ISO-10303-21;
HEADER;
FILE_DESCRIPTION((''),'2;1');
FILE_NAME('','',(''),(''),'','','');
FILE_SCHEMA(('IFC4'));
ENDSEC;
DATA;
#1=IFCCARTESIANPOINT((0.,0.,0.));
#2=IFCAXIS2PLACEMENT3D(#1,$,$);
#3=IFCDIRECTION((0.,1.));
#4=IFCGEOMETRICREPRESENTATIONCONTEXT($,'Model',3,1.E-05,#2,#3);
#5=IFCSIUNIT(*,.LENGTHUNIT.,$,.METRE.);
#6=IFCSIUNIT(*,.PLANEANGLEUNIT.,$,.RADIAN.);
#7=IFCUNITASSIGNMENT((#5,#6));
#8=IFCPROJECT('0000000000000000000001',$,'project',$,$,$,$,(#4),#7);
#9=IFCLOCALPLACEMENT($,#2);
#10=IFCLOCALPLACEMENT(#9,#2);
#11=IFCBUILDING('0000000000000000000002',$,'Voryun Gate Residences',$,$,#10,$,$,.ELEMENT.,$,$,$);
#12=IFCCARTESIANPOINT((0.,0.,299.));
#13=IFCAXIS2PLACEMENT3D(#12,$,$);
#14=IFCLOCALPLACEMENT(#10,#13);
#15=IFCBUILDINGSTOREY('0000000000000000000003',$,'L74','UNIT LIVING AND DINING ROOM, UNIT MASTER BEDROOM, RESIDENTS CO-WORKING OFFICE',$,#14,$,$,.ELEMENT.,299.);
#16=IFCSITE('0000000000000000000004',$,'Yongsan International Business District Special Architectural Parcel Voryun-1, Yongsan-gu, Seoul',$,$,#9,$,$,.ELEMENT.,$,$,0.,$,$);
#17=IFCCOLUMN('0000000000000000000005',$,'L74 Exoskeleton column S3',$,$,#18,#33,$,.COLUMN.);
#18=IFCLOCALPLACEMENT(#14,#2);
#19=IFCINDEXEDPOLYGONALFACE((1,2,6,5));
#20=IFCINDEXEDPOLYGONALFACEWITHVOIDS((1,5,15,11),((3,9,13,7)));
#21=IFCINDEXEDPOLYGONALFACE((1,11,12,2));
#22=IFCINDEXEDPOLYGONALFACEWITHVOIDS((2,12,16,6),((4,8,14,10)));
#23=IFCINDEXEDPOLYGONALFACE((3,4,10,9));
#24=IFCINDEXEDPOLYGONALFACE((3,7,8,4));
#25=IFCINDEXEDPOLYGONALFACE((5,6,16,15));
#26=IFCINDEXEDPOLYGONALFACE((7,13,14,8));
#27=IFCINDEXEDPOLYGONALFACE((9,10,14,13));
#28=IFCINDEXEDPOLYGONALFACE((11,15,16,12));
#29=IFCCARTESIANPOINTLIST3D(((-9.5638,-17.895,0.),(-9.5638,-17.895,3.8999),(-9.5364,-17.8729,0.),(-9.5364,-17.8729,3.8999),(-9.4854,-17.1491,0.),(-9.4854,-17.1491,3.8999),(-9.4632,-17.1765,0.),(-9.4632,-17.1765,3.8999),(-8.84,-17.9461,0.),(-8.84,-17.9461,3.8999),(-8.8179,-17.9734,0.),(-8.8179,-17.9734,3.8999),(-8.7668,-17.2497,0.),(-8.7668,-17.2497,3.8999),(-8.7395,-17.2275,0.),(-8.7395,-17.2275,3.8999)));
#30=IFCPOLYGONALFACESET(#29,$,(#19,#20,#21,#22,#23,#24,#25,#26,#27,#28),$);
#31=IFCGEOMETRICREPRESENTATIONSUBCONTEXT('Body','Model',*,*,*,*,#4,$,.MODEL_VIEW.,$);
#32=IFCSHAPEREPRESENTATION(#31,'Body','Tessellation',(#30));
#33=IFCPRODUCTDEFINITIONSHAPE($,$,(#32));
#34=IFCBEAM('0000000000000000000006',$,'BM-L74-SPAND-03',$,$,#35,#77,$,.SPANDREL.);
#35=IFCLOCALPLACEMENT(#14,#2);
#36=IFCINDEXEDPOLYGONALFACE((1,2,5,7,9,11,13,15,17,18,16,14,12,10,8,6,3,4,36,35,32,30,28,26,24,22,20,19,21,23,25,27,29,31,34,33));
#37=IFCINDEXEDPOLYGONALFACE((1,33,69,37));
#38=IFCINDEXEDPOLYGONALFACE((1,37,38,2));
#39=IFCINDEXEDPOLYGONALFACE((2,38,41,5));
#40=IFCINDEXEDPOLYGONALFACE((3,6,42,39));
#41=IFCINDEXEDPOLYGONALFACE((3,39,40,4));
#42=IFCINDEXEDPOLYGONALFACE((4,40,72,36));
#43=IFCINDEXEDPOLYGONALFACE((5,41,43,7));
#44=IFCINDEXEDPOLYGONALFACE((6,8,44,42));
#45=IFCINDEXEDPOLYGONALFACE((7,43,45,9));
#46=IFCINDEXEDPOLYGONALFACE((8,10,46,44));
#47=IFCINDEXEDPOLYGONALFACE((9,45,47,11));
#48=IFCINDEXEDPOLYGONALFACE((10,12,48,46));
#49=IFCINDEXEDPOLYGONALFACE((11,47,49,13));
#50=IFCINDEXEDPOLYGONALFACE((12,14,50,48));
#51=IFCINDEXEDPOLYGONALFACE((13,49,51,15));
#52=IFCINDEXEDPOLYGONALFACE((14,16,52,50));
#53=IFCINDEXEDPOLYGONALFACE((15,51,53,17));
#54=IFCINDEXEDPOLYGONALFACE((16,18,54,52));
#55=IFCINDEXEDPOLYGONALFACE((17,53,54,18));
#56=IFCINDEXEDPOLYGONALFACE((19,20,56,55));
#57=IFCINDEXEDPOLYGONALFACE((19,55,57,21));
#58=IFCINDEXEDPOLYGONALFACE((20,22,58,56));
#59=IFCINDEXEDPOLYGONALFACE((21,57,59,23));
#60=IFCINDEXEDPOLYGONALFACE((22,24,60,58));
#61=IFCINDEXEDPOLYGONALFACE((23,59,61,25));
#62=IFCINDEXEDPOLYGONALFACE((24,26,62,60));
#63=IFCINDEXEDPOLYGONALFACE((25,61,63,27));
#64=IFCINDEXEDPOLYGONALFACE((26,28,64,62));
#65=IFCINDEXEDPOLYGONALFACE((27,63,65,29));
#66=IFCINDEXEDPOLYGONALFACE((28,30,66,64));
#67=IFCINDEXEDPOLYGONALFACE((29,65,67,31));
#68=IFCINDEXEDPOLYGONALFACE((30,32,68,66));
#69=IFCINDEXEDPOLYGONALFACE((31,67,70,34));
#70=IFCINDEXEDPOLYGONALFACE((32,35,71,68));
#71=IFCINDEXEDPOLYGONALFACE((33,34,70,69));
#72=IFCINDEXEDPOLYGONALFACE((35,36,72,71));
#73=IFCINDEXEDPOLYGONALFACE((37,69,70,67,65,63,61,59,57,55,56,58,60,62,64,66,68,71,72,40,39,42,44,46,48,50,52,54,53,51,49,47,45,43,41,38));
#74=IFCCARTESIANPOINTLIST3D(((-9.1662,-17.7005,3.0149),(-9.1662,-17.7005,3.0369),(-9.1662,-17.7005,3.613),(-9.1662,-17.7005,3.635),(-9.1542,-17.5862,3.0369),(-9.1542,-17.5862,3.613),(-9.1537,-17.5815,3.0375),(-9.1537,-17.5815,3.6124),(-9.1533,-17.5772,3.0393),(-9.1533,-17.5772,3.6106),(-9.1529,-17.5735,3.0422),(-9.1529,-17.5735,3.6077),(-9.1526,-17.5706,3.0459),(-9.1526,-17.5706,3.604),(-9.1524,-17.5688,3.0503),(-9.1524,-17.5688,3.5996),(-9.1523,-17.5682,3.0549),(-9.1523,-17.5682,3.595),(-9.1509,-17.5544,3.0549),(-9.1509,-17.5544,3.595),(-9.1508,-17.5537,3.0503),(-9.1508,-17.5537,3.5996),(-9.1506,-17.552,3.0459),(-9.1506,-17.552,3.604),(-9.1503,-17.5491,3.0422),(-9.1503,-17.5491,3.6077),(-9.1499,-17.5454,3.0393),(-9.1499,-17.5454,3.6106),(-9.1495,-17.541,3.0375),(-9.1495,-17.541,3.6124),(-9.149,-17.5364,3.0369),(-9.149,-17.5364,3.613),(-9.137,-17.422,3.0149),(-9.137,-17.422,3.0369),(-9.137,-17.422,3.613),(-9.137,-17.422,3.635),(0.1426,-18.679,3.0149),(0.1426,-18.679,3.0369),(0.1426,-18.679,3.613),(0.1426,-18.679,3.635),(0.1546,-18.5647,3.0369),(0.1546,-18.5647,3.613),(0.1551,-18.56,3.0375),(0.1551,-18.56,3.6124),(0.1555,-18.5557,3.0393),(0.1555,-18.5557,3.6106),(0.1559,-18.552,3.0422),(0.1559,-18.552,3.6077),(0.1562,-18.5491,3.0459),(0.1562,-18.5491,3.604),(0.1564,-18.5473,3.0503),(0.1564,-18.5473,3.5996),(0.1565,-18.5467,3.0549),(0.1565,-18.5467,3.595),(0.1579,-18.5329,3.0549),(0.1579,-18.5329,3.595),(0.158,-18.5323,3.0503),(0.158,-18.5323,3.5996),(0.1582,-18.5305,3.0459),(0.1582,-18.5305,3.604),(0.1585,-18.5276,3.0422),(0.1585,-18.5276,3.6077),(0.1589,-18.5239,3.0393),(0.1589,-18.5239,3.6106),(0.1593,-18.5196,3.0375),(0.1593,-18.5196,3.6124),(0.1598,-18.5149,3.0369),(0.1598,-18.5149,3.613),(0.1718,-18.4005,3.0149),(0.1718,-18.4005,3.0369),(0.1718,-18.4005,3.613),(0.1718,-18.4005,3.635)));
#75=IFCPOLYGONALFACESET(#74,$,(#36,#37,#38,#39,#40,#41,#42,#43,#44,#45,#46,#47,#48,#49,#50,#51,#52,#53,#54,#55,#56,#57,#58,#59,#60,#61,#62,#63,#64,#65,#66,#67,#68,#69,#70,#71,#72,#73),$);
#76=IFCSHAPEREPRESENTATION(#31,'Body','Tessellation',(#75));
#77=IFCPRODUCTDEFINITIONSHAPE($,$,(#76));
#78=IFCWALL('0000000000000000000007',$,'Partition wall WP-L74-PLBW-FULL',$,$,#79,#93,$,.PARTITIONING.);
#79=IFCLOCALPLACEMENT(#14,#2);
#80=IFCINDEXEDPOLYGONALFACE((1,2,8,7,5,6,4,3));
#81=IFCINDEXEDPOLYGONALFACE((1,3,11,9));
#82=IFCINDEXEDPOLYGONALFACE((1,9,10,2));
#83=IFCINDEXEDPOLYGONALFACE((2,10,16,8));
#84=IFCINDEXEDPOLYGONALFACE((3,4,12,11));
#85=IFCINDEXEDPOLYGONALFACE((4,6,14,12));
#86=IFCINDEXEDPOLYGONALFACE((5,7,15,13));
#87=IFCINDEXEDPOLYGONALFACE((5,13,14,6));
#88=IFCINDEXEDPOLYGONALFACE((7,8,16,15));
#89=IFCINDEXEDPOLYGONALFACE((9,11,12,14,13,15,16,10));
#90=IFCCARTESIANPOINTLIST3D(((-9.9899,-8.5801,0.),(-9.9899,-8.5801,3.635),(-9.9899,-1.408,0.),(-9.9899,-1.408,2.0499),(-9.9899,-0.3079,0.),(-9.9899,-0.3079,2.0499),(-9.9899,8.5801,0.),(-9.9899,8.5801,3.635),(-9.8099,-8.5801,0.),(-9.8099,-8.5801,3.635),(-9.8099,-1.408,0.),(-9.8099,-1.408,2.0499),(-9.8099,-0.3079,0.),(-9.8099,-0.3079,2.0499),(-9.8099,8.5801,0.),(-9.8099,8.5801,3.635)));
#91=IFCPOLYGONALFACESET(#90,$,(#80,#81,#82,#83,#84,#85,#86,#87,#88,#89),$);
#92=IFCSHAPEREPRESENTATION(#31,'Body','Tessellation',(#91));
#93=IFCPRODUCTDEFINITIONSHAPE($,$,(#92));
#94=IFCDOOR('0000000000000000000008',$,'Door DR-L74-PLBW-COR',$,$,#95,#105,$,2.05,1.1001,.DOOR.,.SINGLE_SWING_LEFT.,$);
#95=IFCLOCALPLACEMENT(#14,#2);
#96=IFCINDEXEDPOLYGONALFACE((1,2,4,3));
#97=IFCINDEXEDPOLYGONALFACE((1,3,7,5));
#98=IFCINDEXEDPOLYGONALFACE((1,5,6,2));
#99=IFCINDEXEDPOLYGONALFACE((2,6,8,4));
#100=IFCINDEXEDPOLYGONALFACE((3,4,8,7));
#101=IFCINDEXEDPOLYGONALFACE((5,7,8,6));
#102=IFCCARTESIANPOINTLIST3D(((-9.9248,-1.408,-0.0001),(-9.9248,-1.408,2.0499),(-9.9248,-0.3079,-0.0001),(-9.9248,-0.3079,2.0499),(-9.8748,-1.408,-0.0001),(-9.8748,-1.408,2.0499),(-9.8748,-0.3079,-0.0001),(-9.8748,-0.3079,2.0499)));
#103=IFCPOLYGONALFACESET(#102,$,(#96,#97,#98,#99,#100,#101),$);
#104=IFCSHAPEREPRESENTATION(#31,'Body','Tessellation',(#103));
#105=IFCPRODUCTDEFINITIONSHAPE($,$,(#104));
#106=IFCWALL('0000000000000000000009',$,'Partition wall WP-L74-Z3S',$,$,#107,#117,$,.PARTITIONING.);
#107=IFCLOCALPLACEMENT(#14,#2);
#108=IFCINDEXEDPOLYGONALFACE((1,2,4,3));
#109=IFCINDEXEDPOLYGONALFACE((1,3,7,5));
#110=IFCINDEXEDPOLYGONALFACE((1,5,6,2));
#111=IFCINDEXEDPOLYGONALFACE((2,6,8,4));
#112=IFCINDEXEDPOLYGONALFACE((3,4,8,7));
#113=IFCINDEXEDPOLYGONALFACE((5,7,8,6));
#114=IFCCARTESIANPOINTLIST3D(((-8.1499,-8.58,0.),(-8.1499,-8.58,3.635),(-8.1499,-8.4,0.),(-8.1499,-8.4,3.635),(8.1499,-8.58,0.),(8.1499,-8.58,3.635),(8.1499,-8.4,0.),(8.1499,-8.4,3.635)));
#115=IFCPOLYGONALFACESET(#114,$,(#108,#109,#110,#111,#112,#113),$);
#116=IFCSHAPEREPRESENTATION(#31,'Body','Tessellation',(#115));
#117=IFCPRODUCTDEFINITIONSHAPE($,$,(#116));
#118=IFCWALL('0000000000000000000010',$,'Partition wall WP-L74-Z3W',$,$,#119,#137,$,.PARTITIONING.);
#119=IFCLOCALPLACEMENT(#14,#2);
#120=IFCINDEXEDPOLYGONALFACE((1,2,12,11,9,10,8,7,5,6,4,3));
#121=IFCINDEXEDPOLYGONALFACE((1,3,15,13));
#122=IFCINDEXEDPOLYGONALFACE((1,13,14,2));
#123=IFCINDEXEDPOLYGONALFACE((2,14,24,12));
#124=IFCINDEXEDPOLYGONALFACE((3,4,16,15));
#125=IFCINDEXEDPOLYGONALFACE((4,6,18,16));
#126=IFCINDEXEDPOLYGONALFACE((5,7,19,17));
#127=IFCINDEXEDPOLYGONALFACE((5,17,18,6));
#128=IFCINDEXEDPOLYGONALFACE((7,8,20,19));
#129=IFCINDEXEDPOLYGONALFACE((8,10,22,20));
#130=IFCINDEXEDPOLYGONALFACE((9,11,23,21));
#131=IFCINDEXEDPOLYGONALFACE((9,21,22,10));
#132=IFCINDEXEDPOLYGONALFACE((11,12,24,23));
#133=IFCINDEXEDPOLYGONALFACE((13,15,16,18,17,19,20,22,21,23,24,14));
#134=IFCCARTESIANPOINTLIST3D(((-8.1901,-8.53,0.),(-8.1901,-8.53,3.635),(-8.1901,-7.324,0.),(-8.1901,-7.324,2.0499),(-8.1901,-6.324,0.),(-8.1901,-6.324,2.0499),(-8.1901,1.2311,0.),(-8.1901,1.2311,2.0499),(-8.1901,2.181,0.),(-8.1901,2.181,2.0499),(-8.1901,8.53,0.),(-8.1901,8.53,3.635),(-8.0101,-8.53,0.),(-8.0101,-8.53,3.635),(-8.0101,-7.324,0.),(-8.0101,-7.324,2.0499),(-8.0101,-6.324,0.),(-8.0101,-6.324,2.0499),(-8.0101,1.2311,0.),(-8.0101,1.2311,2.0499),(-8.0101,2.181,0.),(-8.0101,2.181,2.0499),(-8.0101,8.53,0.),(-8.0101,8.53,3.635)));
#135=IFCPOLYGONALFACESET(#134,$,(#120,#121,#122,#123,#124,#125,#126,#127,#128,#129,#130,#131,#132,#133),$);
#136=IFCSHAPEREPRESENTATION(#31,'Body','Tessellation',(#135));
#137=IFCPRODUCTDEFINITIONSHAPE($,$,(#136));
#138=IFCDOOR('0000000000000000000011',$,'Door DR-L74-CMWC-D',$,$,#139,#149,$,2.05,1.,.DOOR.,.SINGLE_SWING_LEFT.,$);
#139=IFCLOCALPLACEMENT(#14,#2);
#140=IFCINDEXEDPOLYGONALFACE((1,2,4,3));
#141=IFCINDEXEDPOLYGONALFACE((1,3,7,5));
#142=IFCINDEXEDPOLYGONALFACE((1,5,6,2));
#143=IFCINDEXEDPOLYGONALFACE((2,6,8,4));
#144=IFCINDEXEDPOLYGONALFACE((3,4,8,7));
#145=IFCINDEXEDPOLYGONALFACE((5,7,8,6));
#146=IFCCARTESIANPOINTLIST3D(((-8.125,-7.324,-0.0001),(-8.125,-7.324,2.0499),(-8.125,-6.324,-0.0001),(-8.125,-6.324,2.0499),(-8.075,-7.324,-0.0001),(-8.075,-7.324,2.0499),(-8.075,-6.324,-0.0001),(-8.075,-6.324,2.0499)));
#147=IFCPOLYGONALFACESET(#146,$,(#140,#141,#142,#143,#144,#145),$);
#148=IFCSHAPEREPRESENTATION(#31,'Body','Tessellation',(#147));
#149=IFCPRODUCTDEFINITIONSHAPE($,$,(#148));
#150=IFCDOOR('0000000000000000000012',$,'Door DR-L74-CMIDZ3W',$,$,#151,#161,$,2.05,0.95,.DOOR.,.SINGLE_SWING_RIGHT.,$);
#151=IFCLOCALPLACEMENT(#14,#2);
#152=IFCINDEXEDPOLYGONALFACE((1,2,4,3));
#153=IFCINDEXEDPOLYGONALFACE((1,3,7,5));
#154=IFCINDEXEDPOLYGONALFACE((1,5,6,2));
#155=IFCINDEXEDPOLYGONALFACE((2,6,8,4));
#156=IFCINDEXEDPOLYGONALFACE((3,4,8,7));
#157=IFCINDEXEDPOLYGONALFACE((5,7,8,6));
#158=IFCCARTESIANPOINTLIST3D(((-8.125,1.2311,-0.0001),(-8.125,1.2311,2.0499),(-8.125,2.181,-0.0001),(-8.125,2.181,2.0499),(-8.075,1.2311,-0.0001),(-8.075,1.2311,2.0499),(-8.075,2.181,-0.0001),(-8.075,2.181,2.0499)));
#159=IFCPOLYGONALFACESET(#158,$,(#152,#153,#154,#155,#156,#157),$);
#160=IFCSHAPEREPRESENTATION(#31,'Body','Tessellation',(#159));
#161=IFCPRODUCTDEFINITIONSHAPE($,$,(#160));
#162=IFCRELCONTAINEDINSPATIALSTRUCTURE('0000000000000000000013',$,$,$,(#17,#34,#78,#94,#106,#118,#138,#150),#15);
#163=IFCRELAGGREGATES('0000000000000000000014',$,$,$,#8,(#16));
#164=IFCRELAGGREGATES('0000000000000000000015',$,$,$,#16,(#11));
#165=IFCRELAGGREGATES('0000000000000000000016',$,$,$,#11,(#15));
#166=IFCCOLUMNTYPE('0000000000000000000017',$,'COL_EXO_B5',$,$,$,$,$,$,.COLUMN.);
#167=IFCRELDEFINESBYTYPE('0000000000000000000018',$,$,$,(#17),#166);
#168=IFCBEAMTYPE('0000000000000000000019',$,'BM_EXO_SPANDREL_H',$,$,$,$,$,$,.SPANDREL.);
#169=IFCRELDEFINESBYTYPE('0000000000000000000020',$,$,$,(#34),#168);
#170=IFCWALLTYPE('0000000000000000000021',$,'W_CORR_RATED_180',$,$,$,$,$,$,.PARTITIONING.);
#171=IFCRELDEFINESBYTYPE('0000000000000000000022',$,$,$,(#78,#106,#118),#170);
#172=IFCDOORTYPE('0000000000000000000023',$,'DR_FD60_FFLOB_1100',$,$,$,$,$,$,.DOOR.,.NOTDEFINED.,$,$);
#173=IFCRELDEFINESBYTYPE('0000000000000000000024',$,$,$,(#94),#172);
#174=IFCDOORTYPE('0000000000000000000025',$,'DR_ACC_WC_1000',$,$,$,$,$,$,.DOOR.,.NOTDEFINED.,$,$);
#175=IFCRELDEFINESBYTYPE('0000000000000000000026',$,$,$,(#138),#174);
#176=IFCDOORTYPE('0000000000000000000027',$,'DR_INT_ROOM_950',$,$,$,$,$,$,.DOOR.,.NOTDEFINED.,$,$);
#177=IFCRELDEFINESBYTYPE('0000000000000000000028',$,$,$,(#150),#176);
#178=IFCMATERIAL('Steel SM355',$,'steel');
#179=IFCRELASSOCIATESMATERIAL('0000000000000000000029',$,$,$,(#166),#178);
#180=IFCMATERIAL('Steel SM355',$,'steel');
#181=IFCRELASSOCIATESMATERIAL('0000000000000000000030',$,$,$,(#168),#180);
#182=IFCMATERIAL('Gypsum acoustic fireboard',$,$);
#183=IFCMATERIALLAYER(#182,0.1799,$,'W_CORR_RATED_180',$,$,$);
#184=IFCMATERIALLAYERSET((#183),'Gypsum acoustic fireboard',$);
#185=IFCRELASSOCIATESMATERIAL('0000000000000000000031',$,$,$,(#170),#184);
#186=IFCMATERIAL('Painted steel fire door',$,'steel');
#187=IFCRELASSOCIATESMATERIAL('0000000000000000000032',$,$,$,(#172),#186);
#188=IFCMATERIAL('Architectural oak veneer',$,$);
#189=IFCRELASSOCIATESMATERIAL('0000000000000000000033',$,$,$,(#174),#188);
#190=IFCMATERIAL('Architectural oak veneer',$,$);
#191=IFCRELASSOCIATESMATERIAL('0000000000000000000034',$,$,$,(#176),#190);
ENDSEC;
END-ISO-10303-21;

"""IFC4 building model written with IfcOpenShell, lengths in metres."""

from ifc_helpers import new_model, si_unit, direction, frame, frame_2d, origin, origin_2d, place, context, subcontext, project, spatial, rectangle, hollow_rectangle, i_section, extrude, material, layer, layer_set, material_profile, profile_set, type_object, element, fill, save


model = new_model("IFC4")

# Units and contexts
model_context = context("Model", 3, precision=1e-05, world=origin(), true_north=direction((0.0, 1.0)))
body_context = subcontext(model_context, "Body", "Model", "MODEL_VIEW")
ifc_project = project(units=[si_unit("LENGTHUNIT", "METRE"), si_unit("PLANEANGLEUNIT", "RADIAN")], contexts=[model_context])

# Site, building, storey
site_placement = place(None, origin())
site = spatial("IfcSite", under=ifc_project, at=site_placement, Name="Yongsan International Business District Special Architectural Parcel Voryun-1, Yongsan-gu, Seoul", CompositionType="ELEMENT", RefElevation=0.0)
building_placement = place(site_placement, origin())
building = spatial("IfcBuilding", under=site, at=building_placement, Name="Voryun Gate Residences", CompositionType="ELEMENT")
storey_placement = place(building_placement, frame((0.0, 0.0, 299.0)))
storey = spatial("IfcBuildingStorey", under=building, at=storey_placement, Name="L74", Description="UNIT LIVING AND DINING ROOM, UNIT MASTER BEDROOM, RESIDENTS CO-WORKING OFFICE", CompositionType="ELEMENT", Elevation=299.0)

# Column
ifc_material_1 = material(Name="Steel SM355", Category="steel")
ifc_material_profile_1 = material_profile(ifc_material_1, hollow_rectangle(XDim=0.75, YDim=0.75, WallThickness=0.0249, at=origin_2d()), Name="BOX-750x750x25")
ifc_profile_set_1 = profile_set([ifc_material_profile_1], Name="Steel SM355")
column_type = type_object("IfcColumnType", Name="COL_EXO_B5", PredefinedType="COLUMN", material=ifc_profile_set_1)
column_placement = place(storey_placement, frame((-9.1516, -17.5613, 0.0), z_axis=(0.0, 0.0, 1.0), x_axis=(0.994522, -0.104528, 0.0)))
element("IfcColumn", 1, at=column_placement, inside=storey, type_object=column_type, Name="L74 Exoskeleton column S3", PredefinedType="COLUMN", context=body_context, shape_type="SweptSolid", body=[
    extrude(hollow_rectangle(XDim=0.75, YDim=0.75, WallThickness=0.0249, at=origin_2d()), origin(), (0.0, 0.0, 1.0), 3.8999),
])

# Beam
ifc_material_2 = material(Name="Steel SM355", Category="steel")
ifc_material_profile_2 = material_profile(ifc_material_2, i_section(OverallWidth=0.28, OverallDepth=0.6201, WebThickness=0.0139, FlangeThickness=0.022, FilletRadius=0.0181, at=origin_2d()), Name="H-620x280x14x22")
ifc_profile_set_2 = profile_set([ifc_material_profile_2], Name="Steel SM355")
beam_type = type_object("IfcBeamType", Name="BM_EXO_SPANDREL_H", PredefinedType="SPANDREL", material=ifc_profile_set_2)
beam_placement = place(storey_placement, frame((-9.1516, -17.5613, 3.325), z_axis=(0.994521, -0.104541, 0.0), x_axis=(0.104541, 0.994521, 0.0)))
element("IfcBeam", 2, at=beam_placement, inside=storey, type_object=beam_type, Name="BM-L74-SPAND-03", PredefinedType="SPANDREL", context=body_context, shape_type="SweptSolid", body=[
    extrude(i_section(OverallWidth=0.28, OverallDepth=0.6201, WebThickness=0.0139, FlangeThickness=0.022, FilletRadius=0.0181, at=origin_2d()), origin(), (0.0, 0.0, 1.0), 9.3601),
])

# Wall, opening, door
ifc_material_3 = material(Name="Gypsum acoustic fireboard")
ifc_layer_1 = layer(ifc_material_3, 0.1799, Name="W_CORR_RATED_180")
ifc_layer_set_1 = layer_set([ifc_layer_1], Name="Gypsum acoustic fireboard")
wall_type_1 = type_object("IfcWallType", Name="W_CORR_RATED_180", PredefinedType="PARTITIONING", material=ifc_layer_set_1)
wall_1_placement = place(storey_placement, frame((-9.8999, -8.5801, 0.0), z_axis=(0.0, 0.0, 1.0), x_axis=(0.0, 1.0, 0.0)))
wall_1 = element("IfcWall", 3, at=wall_1_placement, inside=storey, type_object=wall_type_1, Name="Partition wall WP-L74-PLBW-FULL", PredefinedType="PARTITIONING", context=body_context, shape_type="SweptSolid", body=[
    extrude(rectangle(XDim=17.1602, YDim=0.1799, at=frame_2d((8.5801, 0.0))), origin(), (0.0, 0.0, 1.0), 3.635),
])
opening_1_placement = place(wall_1_placement, frame((7.1721, 0.0, 0.0)))
opening_1 = element("IfcOpeningElement", 4, at=opening_1_placement, cuts=wall_1, PredefinedType="OPENING", context=body_context, shape_type="SweptSolid", body=[
    extrude(rectangle(XDim=1.1001, YDim=2.05, at=frame_2d((0.55, 1.0249))), frame((0.0, 0.0999, 0.0), z_axis=(0.0, -1.0, 0.0), x_axis=(1.0, 0.0, 0.0)), (0.0, 0.0, 1.0), 0.2),
])
ifc_material_4 = material(Name="Painted steel fire door", Category="steel")
door_type_1 = type_object("IfcDoorType", Name="DR_FD60_FFLOB_1100", OperationType="NOTDEFINED", PredefinedType="DOOR", material=ifc_material_4)
door_1_placement = place(opening_1_placement, origin())
door_1 = element("IfcDoor", 5, at=door_1_placement, inside=storey, type_object=door_type_1, Name="Door DR-L74-PLBW-COR", OperationType="SINGLE_SWING_LEFT", OverallHeight=2.05, OverallWidth=1.1001, PredefinedType="DOOR", context=body_context, shape_type="SweptSolid", body=[
    extrude(rectangle(XDim=1.1001, YDim=2.05, at=frame_2d((0.55, 1.0249))), frame((0.0, 0.0249, 0.0), z_axis=(0.0, -1.0, 0.0), x_axis=(1.0, 0.0, 0.0)), (0.0, 0.0, 1.0), 0.05),
])
fill(opening_1, door_1)

# Wall
wall_2_placement = place(storey_placement, frame((-8.1499, -8.49, 0.0), z_axis=(0.0, 0.0, 1.0), x_axis=(1.0, 0.0, 0.0)))
element("IfcWall", 6, at=wall_2_placement, inside=storey, type_object=wall_type_1, Name="Partition wall WP-L74-Z3S", PredefinedType="PARTITIONING", context=body_context, shape_type="SweptSolid", body=[
    extrude(rectangle(XDim=16.2998, YDim=0.1799, at=frame_2d((8.1499, 0.0))), origin(), (0.0, 0.0, 1.0), 3.635),
])

# Wall, openings, doors
wall_3_placement = place(storey_placement, frame((-8.1001, -8.53, 0.0), z_axis=(0.0, 0.0, 1.0), x_axis=(0.0, 1.0, 0.0)))
wall_3 = element("IfcWall", 7, at=wall_3_placement, inside=storey, type_object=wall_type_1, Name="Partition wall WP-L74-Z3W", PredefinedType="PARTITIONING", context=body_context, shape_type="SweptSolid", body=[
    extrude(rectangle(XDim=17.0601, YDim=0.1799, at=frame_2d((8.53, 0.0))), origin(), (0.0, 0.0, 1.0), 3.635),
])
opening_2_placement = place(wall_3_placement, frame((1.2061, 0.0, 0.0)))
opening_2 = element("IfcOpeningElement", 8, at=opening_2_placement, cuts=wall_3, PredefinedType="OPENING", context=body_context, shape_type="SweptSolid", body=[
    extrude(rectangle(XDim=1.0, YDim=2.05, at=frame_2d((0.5, 1.0249))), frame((0.0, 0.0999, 0.0), z_axis=(0.0, -1.0, 0.0), x_axis=(1.0, 0.0, 0.0)), (0.0, 0.0, 1.0), 0.2),
])
opening_3_placement = place(wall_3_placement, frame((9.761, 0.0, 0.0)))
opening_3 = element("IfcOpeningElement", 9, at=opening_3_placement, cuts=wall_3, PredefinedType="OPENING", context=body_context, shape_type="SweptSolid", body=[
    extrude(rectangle(XDim=0.95, YDim=2.05, at=frame_2d((0.4751, 1.0249))), frame((0.0, 0.0999, 0.0), z_axis=(0.0, -1.0, 0.0), x_axis=(1.0, 0.0, 0.0)), (0.0, 0.0, 1.0), 0.2),
])
ifc_material_5 = material(Name="Architectural oak veneer")
door_type_2 = type_object("IfcDoorType", Name="DR_ACC_WC_1000", OperationType="NOTDEFINED", PredefinedType="DOOR", material=ifc_material_5)
door_2_placement = place(opening_2_placement, origin())
door_2 = element("IfcDoor", 10, at=door_2_placement, inside=storey, type_object=door_type_2, Name="Door DR-L74-CMWC-D", OperationType="SINGLE_SWING_LEFT", OverallHeight=2.05, OverallWidth=1.0, PredefinedType="DOOR", context=body_context, shape_type="SweptSolid", body=[
    extrude(rectangle(XDim=1.0, YDim=2.05, at=frame_2d((0.5, 1.0249))), frame((0.0, 0.0249, 0.0), z_axis=(0.0, -1.0, 0.0), x_axis=(1.0, 0.0, 0.0)), (0.0, 0.0, 1.0), 0.05),
])
fill(opening_2, door_2)
ifc_material_6 = material(Name="Architectural oak veneer")
door_type_3 = type_object("IfcDoorType", Name="DR_INT_ROOM_950", OperationType="NOTDEFINED", PredefinedType="DOOR", material=ifc_material_6)
door_3_placement = place(opening_3_placement, origin())
door_3 = element("IfcDoor", 11, at=door_3_placement, inside=storey, type_object=door_type_3, Name="Door DR-L74-CMIDZ3W", OperationType="SINGLE_SWING_RIGHT", OverallHeight=2.05, OverallWidth=0.95, PredefinedType="DOOR", context=body_context, shape_type="SweptSolid", body=[
    extrude(rectangle(XDim=0.95, YDim=2.05, at=frame_2d((0.4751, 1.0249))), frame((0.0, 0.0249, 0.0), z_axis=(0.0, -1.0, 0.0), x_axis=(1.0, 0.0, 0.0)), (0.0, 0.0, 1.0), 0.05),
])
fill(opening_3, door_3)

save(model, "model.ifc")
